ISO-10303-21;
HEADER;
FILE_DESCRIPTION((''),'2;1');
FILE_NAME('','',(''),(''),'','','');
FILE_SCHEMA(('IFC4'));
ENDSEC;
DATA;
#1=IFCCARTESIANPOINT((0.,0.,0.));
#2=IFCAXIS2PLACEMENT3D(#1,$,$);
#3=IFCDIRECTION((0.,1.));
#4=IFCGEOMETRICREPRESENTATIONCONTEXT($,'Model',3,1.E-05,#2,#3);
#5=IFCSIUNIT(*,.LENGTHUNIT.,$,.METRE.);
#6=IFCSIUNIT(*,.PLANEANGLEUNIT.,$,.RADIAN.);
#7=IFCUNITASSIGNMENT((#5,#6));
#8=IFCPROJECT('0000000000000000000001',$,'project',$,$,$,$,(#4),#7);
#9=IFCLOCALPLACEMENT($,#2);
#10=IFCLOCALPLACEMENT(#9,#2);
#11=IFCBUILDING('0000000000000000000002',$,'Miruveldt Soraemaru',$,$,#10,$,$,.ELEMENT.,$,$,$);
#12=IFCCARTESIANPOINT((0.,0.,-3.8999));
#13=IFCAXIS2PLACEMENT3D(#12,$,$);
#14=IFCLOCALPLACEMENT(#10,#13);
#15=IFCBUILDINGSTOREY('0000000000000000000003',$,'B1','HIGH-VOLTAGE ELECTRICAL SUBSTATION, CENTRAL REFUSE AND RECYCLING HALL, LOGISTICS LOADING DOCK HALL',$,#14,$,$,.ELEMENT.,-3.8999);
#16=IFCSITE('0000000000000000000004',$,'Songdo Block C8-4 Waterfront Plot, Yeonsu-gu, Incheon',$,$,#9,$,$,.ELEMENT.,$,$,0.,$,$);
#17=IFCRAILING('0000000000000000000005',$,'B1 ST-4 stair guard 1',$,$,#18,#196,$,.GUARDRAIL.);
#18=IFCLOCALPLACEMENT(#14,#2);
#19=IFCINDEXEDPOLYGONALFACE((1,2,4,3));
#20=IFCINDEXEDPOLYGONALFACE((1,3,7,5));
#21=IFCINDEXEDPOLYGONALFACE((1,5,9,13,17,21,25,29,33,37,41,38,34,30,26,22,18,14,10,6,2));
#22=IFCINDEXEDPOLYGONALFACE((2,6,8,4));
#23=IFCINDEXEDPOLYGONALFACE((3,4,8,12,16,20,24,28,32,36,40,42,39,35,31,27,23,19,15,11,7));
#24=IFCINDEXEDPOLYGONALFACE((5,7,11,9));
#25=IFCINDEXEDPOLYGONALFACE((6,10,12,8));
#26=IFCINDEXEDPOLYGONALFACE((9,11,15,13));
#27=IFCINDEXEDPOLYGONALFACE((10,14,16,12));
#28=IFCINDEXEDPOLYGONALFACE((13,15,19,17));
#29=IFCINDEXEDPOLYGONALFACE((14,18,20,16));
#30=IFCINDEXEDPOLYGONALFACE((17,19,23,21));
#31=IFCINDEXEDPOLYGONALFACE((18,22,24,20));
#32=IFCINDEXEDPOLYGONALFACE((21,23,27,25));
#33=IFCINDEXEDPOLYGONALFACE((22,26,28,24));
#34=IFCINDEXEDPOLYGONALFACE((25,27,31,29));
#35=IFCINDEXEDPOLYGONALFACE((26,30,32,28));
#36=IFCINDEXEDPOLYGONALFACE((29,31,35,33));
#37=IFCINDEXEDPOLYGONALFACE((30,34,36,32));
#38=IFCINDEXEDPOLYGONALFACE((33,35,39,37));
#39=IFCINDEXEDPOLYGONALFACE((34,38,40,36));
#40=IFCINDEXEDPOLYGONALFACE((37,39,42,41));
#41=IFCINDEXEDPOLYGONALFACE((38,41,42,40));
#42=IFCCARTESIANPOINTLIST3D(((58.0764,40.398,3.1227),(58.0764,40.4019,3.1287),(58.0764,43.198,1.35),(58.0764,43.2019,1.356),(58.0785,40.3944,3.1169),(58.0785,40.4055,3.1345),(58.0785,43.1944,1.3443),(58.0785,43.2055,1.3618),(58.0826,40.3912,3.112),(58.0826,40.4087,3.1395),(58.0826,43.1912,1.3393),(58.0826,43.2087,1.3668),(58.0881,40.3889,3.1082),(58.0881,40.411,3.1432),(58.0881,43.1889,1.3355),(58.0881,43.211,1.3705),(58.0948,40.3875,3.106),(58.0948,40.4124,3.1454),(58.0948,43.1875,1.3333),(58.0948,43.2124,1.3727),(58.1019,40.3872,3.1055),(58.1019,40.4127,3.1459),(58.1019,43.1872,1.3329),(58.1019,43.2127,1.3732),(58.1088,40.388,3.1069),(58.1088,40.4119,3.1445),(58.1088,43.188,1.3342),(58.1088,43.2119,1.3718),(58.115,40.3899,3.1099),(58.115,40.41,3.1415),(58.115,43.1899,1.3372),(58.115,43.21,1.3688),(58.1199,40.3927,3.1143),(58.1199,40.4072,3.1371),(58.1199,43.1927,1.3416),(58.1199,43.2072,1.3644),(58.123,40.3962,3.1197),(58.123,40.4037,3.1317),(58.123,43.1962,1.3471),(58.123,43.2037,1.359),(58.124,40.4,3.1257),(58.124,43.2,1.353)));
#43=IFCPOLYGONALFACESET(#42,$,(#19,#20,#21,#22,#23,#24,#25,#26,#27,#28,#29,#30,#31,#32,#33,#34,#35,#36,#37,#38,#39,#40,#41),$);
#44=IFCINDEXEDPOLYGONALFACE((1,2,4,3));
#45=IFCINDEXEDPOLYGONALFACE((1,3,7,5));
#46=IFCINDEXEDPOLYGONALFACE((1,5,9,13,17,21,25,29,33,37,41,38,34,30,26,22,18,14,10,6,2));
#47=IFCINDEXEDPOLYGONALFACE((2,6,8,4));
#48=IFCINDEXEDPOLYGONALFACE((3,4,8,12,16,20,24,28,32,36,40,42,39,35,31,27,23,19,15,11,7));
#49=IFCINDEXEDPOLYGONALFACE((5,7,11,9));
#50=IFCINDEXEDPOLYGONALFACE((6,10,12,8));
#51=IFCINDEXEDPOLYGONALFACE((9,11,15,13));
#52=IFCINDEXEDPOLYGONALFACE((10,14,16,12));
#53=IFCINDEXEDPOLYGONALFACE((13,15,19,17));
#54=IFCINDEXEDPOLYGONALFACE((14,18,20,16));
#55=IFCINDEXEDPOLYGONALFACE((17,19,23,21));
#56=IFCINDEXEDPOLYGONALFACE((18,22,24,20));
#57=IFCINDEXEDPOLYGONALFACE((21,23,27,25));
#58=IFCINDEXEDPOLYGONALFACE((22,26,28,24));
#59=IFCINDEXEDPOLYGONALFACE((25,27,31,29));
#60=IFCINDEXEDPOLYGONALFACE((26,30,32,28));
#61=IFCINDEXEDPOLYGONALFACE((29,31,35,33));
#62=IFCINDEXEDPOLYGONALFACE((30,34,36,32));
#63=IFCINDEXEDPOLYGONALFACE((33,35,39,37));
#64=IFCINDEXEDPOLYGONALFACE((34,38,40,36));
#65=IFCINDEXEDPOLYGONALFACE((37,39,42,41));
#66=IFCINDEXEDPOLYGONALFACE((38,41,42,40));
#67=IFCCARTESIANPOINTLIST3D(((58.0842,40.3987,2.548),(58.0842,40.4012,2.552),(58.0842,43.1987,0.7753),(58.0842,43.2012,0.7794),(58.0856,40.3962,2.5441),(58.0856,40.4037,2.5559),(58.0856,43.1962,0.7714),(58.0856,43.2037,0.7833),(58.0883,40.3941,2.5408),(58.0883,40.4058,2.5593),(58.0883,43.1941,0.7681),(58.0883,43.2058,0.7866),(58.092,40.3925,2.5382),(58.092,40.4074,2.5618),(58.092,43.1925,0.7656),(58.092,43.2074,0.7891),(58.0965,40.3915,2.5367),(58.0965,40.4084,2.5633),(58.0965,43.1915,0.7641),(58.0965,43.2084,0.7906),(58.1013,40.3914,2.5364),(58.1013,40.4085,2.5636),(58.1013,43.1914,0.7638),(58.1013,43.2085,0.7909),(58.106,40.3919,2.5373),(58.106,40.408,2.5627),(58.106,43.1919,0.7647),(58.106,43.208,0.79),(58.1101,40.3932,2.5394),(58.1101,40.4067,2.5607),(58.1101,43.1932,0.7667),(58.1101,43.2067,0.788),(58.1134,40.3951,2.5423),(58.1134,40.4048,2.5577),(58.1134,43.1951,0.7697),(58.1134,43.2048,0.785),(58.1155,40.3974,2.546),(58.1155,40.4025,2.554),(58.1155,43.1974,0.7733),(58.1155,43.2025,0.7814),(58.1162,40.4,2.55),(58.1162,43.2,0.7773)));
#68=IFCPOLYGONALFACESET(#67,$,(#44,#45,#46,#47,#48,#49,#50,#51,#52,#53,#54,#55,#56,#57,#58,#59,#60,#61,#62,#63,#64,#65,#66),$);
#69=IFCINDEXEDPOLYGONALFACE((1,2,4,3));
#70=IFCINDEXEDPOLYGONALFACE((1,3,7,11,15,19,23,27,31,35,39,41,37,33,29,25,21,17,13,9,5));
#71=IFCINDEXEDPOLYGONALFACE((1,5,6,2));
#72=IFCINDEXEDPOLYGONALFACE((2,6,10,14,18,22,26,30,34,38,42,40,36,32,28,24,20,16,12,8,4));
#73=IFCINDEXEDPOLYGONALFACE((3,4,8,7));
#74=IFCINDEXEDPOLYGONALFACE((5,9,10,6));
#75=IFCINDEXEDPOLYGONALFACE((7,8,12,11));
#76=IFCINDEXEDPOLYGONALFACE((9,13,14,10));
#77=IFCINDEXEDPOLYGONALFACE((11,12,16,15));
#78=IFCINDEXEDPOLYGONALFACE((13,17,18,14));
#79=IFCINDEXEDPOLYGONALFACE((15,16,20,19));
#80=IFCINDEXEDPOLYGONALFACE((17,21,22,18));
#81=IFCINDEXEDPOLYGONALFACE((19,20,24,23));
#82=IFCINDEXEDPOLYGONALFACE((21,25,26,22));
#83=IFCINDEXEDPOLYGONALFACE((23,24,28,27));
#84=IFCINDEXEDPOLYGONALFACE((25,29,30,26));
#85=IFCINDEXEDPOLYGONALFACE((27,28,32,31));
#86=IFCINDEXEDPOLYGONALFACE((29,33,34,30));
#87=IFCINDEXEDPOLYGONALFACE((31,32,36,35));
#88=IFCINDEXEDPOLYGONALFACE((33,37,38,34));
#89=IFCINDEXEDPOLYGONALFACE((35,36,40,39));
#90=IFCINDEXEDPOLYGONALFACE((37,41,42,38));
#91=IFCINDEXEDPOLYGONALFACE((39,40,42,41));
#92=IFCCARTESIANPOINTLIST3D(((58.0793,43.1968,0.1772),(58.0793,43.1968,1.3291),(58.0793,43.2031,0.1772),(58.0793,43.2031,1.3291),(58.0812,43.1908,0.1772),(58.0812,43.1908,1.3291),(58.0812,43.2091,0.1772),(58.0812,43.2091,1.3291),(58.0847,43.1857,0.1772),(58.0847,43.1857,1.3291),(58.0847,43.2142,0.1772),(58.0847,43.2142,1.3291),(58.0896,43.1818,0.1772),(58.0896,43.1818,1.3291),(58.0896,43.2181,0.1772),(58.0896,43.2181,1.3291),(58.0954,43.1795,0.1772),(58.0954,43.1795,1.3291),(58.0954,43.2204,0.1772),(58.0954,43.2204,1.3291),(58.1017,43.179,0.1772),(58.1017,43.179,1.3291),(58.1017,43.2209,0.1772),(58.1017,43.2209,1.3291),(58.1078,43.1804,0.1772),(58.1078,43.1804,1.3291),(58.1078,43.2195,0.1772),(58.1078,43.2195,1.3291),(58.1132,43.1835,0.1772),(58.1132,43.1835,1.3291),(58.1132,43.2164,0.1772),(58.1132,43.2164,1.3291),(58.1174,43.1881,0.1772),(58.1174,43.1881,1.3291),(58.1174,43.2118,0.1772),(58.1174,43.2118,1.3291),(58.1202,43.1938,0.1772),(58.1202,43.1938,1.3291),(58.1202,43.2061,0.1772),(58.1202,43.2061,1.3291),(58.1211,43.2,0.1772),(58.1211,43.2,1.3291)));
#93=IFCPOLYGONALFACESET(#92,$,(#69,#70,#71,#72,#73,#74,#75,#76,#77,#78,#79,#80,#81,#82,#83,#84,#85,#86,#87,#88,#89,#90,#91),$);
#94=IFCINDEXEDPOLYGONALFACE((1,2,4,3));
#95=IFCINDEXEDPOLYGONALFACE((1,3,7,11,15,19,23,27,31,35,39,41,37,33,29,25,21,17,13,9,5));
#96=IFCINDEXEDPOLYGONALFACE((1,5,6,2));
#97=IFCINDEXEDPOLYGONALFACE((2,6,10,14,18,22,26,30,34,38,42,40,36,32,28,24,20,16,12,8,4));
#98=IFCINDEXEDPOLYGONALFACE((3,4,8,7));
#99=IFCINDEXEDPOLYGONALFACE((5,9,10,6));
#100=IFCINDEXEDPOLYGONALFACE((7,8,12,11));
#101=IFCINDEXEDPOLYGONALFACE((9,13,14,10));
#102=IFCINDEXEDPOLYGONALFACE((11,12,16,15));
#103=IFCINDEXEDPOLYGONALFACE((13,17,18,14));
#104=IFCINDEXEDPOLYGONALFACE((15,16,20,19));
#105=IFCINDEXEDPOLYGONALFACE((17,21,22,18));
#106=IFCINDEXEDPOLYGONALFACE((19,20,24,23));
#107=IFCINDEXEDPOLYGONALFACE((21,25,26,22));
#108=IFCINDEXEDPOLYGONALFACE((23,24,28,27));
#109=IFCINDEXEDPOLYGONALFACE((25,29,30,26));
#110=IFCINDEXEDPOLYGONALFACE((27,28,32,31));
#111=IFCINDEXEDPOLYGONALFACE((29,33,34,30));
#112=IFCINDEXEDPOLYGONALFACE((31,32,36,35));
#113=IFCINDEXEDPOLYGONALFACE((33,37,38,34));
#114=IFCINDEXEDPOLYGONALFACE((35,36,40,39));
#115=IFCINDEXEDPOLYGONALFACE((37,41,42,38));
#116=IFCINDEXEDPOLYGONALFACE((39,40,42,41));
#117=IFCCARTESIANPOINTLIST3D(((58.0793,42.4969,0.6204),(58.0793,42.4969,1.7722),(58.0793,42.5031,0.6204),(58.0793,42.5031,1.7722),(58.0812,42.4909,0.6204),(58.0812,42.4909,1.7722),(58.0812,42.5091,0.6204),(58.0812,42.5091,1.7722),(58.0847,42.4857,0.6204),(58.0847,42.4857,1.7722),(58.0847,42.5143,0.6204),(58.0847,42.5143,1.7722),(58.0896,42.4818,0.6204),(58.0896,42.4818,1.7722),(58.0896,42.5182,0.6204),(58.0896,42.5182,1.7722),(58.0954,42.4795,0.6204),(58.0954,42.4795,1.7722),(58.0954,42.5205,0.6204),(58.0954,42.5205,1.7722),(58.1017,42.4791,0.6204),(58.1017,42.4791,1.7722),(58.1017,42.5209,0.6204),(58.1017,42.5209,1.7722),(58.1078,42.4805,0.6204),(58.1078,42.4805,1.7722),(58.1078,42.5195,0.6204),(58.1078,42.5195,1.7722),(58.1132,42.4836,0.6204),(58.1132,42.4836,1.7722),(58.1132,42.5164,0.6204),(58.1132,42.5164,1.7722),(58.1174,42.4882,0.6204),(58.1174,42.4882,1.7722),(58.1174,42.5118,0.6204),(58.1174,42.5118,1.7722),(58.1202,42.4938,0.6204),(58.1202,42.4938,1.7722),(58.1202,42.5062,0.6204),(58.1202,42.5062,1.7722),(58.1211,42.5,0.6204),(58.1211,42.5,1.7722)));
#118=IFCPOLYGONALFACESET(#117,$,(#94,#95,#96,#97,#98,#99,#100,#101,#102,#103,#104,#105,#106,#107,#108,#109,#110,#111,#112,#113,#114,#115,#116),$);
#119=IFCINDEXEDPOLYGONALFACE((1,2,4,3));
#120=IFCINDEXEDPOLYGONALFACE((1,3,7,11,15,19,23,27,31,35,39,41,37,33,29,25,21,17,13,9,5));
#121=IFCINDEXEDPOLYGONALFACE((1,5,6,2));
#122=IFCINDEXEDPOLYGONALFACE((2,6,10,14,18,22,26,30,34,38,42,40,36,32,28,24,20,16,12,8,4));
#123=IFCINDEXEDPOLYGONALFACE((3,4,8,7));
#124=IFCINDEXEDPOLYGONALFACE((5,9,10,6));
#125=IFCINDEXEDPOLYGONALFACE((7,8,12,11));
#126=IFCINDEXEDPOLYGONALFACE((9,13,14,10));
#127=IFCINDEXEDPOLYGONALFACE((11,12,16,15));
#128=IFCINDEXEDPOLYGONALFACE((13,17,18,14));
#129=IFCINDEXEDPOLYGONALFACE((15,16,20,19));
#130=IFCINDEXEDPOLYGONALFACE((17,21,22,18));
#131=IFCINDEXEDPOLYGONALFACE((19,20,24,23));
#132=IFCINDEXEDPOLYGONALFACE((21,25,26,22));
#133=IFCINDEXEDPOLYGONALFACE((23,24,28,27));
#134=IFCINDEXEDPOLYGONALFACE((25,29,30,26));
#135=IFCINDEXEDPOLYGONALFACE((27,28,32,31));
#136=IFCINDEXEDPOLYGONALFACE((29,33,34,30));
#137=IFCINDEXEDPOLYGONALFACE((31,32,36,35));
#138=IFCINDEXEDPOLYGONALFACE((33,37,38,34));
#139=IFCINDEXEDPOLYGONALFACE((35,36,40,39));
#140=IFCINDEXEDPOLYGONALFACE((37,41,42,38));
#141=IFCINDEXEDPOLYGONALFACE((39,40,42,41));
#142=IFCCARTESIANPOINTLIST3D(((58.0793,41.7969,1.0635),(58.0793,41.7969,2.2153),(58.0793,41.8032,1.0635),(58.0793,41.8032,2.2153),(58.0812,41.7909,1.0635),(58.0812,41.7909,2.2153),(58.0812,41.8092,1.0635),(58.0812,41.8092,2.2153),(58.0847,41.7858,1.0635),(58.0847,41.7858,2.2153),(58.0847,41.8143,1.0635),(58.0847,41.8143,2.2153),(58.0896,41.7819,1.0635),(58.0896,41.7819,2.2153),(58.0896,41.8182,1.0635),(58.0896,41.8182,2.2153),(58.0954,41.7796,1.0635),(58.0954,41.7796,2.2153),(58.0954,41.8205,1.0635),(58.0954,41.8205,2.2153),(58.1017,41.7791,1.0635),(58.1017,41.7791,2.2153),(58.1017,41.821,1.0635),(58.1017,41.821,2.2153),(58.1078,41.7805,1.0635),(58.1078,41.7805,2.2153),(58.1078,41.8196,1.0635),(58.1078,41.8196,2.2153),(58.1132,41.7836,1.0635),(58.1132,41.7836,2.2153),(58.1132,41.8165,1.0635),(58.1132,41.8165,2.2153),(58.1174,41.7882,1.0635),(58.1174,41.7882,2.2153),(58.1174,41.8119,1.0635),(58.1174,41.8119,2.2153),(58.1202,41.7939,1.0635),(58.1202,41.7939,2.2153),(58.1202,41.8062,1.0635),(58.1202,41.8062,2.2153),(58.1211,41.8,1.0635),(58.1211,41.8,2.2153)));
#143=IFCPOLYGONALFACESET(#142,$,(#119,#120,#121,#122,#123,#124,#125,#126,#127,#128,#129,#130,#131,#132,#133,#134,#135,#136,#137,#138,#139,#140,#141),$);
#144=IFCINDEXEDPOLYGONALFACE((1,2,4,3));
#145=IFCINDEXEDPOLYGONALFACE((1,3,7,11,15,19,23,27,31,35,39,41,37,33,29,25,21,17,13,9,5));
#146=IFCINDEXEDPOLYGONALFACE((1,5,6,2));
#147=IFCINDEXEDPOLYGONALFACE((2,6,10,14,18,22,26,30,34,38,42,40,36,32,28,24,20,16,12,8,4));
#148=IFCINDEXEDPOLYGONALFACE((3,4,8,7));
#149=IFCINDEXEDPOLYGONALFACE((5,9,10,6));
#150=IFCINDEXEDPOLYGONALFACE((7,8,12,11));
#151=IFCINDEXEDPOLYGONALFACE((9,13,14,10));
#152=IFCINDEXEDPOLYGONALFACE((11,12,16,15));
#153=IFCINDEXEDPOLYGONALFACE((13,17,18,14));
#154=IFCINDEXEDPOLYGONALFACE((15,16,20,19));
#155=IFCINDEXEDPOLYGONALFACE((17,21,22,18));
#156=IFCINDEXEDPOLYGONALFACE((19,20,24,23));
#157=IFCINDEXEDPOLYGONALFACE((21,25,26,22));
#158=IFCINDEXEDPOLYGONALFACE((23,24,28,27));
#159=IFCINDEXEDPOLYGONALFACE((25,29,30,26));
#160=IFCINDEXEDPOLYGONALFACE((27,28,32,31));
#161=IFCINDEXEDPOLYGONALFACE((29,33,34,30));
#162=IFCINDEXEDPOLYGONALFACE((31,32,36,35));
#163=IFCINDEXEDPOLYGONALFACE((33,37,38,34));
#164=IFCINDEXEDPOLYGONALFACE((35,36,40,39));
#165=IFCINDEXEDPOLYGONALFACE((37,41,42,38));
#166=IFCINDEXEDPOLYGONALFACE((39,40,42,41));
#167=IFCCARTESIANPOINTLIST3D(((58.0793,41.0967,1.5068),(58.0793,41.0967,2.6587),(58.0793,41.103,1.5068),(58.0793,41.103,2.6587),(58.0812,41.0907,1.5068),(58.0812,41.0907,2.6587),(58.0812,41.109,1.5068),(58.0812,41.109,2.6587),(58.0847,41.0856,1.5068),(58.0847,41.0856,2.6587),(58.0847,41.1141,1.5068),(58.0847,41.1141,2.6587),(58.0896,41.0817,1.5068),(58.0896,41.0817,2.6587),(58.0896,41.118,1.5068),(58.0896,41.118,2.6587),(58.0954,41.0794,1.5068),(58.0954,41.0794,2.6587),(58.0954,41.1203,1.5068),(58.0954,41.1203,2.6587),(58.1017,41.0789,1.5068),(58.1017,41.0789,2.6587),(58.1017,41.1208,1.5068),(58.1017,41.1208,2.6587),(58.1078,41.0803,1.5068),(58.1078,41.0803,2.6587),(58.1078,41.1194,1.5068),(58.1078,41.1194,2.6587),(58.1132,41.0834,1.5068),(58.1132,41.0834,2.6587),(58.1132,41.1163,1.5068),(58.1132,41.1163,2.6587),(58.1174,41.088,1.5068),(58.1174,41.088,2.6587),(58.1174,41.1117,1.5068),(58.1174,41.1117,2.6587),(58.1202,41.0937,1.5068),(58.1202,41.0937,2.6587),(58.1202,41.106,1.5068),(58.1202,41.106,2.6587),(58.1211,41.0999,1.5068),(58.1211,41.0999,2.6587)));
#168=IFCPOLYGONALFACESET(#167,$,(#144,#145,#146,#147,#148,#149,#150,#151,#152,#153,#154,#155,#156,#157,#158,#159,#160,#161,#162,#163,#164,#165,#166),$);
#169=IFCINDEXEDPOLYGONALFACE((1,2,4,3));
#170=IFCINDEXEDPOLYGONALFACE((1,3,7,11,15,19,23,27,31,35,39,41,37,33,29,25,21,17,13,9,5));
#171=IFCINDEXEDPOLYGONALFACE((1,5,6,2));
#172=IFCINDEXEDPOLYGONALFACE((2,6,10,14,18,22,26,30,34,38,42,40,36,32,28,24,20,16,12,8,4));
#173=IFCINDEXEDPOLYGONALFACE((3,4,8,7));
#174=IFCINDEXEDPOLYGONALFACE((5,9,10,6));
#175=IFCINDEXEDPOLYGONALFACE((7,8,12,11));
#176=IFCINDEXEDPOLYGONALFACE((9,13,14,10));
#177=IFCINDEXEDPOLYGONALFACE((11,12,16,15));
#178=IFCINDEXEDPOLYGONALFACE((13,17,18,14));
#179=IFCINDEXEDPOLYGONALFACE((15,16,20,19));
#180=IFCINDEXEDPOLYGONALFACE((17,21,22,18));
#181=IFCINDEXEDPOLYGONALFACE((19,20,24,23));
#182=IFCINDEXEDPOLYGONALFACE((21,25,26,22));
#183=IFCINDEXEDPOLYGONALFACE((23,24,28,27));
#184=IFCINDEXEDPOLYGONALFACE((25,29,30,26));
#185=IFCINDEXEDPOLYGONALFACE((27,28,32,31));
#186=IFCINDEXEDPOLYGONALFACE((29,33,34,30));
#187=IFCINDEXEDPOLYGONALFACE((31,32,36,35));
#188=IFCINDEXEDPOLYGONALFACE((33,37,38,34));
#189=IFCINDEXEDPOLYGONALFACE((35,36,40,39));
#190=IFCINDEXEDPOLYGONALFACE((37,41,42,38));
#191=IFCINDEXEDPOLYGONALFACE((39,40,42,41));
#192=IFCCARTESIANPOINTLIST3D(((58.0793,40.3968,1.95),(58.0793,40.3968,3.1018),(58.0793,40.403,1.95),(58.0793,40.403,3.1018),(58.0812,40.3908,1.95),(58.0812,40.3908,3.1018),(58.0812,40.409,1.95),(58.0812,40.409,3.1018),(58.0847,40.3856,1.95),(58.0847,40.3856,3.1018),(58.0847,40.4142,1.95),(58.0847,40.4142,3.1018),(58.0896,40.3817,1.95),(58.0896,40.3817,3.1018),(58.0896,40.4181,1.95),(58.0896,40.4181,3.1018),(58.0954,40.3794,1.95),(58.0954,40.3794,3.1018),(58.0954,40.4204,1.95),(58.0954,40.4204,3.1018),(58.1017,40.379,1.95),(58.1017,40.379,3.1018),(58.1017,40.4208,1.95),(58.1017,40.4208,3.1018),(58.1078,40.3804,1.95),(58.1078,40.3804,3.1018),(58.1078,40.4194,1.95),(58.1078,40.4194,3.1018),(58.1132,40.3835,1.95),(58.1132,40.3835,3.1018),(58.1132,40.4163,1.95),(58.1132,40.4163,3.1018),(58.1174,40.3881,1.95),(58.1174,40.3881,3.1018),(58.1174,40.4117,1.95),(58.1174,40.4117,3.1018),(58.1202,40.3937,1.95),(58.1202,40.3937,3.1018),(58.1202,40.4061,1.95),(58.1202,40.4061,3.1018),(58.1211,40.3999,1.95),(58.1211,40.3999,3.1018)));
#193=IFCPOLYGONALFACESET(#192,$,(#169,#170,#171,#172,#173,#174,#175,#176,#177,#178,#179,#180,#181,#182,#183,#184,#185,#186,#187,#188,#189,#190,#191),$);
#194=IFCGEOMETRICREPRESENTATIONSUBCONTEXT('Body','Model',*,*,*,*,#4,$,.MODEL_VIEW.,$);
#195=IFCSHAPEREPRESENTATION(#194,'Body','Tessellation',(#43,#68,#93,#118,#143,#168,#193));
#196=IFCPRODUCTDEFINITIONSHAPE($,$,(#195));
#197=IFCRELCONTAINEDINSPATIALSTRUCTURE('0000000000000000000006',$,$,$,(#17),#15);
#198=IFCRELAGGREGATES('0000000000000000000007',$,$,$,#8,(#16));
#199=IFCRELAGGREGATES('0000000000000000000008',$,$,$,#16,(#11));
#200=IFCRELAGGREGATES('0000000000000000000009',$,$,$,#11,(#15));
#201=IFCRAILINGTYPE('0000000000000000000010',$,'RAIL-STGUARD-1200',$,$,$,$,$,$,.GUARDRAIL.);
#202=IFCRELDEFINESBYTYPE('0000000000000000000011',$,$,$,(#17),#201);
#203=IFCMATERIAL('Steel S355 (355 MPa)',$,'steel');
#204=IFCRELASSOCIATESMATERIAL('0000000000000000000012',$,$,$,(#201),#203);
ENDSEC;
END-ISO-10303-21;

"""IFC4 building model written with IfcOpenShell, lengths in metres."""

from ifc_helpers import new_model, si_unit, direction, frame, origin, origin_2d, place, context, subcontext, project, spatial, circle, extrude, material, type_object, element, save


model = new_model("IFC4")

# Units and contexts
model_context = context("Model", 3, precision=1e-05, world=origin(), true_north=direction((0.0, 1.0)))
body_context = subcontext(model_context, "Body", "Model", "MODEL_VIEW")
ifc_project = project(units=[si_unit("LENGTHUNIT", "METRE"), si_unit("PLANEANGLEUNIT", "RADIAN")], contexts=[model_context])

# Site, building, storey
site_placement = place(None, origin())
site = spatial("IfcSite", under=ifc_project, at=site_placement, Name="Songdo Block C8-4 Waterfront Plot, Yeonsu-gu, Incheon", CompositionType="ELEMENT", RefElevation=0.0)
building_placement = place(site_placement, origin())
building = spatial("IfcBuilding", under=site, at=building_placement, Name="Miruveldt Soraemaru", CompositionType="ELEMENT")
storey_placement = place(building_placement, frame((0.0, 0.0, -3.8999)))
storey = spatial("IfcBuildingStorey", under=building, at=storey_placement, Name="B1", Description="HIGH-VOLTAGE ELECTRICAL SUBSTATION, CENTRAL REFUSE AND RECYCLING HALL, LOGISTICS LOADING DOCK HALL", CompositionType="ELEMENT", Elevation=-3.8999)

# Shared definitions
ifc_material_1 = material(Name="Steel S355 (355 MPa)", Category="steel")

# Railing
railing_type_1 = type_object("IfcRailingType", Name="RAIL-STGUARD-1200", PredefinedType="GUARDRAIL", material=ifc_material_1)
railing_1_placement = place(storey_placement, frame((58.1001, 43.2, 0.1772)))
element("IfcRailing", 1, at=railing_1_placement, inside=storey, type_object=railing_type_1, Name="B1 ST-4 stair guard 1", PredefinedType="GUARDRAIL", context=body_context, shape_type="SweptSolid", body=[
    extrude(circle(Radius=0.0239, at=origin_2d()), frame((0.0, 0.0, 1.1758), z_axis=(0.0, -0.844909, 0.53491), x_axis=(1.0, 0.0, 0.0)), (0.0, 0.0, 1.0), 3.314),
    extrude(circle(Radius=0.0161, at=origin_2d()), frame((0.0, 0.0, 0.6001), z_axis=(0.0, -0.844909, 0.53491), x_axis=(1.0, 0.0, 0.0)), (0.0, 0.0, 1.0), 3.314),
    extrude(circle(Radius=0.021, at=origin_2d()), origin(), (0.0, 0.0, 1.0), 1.1519),
    extrude(circle(Radius=0.021, at=origin_2d()), frame((0.0, -0.7, 0.4431)), (0.0, 0.0, 1.0), 1.1519),
    extrude(circle(Radius=0.021, at=origin_2d()), frame((0.0, -1.3999, 0.8862)), (0.0, 0.0, 1.0), 1.1519),
    extrude(circle(Radius=0.021, at=origin_2d()), frame((0.0, -2.1001, 1.3296)), (0.0, 0.0, 1.0), 1.1519),
    extrude(circle(Radius=0.021, at=origin_2d()), frame((0.0, -2.8, 1.7727)), (0.0, 0.0, 1.0), 1.1519),
])

save(model, "model.ifc")
